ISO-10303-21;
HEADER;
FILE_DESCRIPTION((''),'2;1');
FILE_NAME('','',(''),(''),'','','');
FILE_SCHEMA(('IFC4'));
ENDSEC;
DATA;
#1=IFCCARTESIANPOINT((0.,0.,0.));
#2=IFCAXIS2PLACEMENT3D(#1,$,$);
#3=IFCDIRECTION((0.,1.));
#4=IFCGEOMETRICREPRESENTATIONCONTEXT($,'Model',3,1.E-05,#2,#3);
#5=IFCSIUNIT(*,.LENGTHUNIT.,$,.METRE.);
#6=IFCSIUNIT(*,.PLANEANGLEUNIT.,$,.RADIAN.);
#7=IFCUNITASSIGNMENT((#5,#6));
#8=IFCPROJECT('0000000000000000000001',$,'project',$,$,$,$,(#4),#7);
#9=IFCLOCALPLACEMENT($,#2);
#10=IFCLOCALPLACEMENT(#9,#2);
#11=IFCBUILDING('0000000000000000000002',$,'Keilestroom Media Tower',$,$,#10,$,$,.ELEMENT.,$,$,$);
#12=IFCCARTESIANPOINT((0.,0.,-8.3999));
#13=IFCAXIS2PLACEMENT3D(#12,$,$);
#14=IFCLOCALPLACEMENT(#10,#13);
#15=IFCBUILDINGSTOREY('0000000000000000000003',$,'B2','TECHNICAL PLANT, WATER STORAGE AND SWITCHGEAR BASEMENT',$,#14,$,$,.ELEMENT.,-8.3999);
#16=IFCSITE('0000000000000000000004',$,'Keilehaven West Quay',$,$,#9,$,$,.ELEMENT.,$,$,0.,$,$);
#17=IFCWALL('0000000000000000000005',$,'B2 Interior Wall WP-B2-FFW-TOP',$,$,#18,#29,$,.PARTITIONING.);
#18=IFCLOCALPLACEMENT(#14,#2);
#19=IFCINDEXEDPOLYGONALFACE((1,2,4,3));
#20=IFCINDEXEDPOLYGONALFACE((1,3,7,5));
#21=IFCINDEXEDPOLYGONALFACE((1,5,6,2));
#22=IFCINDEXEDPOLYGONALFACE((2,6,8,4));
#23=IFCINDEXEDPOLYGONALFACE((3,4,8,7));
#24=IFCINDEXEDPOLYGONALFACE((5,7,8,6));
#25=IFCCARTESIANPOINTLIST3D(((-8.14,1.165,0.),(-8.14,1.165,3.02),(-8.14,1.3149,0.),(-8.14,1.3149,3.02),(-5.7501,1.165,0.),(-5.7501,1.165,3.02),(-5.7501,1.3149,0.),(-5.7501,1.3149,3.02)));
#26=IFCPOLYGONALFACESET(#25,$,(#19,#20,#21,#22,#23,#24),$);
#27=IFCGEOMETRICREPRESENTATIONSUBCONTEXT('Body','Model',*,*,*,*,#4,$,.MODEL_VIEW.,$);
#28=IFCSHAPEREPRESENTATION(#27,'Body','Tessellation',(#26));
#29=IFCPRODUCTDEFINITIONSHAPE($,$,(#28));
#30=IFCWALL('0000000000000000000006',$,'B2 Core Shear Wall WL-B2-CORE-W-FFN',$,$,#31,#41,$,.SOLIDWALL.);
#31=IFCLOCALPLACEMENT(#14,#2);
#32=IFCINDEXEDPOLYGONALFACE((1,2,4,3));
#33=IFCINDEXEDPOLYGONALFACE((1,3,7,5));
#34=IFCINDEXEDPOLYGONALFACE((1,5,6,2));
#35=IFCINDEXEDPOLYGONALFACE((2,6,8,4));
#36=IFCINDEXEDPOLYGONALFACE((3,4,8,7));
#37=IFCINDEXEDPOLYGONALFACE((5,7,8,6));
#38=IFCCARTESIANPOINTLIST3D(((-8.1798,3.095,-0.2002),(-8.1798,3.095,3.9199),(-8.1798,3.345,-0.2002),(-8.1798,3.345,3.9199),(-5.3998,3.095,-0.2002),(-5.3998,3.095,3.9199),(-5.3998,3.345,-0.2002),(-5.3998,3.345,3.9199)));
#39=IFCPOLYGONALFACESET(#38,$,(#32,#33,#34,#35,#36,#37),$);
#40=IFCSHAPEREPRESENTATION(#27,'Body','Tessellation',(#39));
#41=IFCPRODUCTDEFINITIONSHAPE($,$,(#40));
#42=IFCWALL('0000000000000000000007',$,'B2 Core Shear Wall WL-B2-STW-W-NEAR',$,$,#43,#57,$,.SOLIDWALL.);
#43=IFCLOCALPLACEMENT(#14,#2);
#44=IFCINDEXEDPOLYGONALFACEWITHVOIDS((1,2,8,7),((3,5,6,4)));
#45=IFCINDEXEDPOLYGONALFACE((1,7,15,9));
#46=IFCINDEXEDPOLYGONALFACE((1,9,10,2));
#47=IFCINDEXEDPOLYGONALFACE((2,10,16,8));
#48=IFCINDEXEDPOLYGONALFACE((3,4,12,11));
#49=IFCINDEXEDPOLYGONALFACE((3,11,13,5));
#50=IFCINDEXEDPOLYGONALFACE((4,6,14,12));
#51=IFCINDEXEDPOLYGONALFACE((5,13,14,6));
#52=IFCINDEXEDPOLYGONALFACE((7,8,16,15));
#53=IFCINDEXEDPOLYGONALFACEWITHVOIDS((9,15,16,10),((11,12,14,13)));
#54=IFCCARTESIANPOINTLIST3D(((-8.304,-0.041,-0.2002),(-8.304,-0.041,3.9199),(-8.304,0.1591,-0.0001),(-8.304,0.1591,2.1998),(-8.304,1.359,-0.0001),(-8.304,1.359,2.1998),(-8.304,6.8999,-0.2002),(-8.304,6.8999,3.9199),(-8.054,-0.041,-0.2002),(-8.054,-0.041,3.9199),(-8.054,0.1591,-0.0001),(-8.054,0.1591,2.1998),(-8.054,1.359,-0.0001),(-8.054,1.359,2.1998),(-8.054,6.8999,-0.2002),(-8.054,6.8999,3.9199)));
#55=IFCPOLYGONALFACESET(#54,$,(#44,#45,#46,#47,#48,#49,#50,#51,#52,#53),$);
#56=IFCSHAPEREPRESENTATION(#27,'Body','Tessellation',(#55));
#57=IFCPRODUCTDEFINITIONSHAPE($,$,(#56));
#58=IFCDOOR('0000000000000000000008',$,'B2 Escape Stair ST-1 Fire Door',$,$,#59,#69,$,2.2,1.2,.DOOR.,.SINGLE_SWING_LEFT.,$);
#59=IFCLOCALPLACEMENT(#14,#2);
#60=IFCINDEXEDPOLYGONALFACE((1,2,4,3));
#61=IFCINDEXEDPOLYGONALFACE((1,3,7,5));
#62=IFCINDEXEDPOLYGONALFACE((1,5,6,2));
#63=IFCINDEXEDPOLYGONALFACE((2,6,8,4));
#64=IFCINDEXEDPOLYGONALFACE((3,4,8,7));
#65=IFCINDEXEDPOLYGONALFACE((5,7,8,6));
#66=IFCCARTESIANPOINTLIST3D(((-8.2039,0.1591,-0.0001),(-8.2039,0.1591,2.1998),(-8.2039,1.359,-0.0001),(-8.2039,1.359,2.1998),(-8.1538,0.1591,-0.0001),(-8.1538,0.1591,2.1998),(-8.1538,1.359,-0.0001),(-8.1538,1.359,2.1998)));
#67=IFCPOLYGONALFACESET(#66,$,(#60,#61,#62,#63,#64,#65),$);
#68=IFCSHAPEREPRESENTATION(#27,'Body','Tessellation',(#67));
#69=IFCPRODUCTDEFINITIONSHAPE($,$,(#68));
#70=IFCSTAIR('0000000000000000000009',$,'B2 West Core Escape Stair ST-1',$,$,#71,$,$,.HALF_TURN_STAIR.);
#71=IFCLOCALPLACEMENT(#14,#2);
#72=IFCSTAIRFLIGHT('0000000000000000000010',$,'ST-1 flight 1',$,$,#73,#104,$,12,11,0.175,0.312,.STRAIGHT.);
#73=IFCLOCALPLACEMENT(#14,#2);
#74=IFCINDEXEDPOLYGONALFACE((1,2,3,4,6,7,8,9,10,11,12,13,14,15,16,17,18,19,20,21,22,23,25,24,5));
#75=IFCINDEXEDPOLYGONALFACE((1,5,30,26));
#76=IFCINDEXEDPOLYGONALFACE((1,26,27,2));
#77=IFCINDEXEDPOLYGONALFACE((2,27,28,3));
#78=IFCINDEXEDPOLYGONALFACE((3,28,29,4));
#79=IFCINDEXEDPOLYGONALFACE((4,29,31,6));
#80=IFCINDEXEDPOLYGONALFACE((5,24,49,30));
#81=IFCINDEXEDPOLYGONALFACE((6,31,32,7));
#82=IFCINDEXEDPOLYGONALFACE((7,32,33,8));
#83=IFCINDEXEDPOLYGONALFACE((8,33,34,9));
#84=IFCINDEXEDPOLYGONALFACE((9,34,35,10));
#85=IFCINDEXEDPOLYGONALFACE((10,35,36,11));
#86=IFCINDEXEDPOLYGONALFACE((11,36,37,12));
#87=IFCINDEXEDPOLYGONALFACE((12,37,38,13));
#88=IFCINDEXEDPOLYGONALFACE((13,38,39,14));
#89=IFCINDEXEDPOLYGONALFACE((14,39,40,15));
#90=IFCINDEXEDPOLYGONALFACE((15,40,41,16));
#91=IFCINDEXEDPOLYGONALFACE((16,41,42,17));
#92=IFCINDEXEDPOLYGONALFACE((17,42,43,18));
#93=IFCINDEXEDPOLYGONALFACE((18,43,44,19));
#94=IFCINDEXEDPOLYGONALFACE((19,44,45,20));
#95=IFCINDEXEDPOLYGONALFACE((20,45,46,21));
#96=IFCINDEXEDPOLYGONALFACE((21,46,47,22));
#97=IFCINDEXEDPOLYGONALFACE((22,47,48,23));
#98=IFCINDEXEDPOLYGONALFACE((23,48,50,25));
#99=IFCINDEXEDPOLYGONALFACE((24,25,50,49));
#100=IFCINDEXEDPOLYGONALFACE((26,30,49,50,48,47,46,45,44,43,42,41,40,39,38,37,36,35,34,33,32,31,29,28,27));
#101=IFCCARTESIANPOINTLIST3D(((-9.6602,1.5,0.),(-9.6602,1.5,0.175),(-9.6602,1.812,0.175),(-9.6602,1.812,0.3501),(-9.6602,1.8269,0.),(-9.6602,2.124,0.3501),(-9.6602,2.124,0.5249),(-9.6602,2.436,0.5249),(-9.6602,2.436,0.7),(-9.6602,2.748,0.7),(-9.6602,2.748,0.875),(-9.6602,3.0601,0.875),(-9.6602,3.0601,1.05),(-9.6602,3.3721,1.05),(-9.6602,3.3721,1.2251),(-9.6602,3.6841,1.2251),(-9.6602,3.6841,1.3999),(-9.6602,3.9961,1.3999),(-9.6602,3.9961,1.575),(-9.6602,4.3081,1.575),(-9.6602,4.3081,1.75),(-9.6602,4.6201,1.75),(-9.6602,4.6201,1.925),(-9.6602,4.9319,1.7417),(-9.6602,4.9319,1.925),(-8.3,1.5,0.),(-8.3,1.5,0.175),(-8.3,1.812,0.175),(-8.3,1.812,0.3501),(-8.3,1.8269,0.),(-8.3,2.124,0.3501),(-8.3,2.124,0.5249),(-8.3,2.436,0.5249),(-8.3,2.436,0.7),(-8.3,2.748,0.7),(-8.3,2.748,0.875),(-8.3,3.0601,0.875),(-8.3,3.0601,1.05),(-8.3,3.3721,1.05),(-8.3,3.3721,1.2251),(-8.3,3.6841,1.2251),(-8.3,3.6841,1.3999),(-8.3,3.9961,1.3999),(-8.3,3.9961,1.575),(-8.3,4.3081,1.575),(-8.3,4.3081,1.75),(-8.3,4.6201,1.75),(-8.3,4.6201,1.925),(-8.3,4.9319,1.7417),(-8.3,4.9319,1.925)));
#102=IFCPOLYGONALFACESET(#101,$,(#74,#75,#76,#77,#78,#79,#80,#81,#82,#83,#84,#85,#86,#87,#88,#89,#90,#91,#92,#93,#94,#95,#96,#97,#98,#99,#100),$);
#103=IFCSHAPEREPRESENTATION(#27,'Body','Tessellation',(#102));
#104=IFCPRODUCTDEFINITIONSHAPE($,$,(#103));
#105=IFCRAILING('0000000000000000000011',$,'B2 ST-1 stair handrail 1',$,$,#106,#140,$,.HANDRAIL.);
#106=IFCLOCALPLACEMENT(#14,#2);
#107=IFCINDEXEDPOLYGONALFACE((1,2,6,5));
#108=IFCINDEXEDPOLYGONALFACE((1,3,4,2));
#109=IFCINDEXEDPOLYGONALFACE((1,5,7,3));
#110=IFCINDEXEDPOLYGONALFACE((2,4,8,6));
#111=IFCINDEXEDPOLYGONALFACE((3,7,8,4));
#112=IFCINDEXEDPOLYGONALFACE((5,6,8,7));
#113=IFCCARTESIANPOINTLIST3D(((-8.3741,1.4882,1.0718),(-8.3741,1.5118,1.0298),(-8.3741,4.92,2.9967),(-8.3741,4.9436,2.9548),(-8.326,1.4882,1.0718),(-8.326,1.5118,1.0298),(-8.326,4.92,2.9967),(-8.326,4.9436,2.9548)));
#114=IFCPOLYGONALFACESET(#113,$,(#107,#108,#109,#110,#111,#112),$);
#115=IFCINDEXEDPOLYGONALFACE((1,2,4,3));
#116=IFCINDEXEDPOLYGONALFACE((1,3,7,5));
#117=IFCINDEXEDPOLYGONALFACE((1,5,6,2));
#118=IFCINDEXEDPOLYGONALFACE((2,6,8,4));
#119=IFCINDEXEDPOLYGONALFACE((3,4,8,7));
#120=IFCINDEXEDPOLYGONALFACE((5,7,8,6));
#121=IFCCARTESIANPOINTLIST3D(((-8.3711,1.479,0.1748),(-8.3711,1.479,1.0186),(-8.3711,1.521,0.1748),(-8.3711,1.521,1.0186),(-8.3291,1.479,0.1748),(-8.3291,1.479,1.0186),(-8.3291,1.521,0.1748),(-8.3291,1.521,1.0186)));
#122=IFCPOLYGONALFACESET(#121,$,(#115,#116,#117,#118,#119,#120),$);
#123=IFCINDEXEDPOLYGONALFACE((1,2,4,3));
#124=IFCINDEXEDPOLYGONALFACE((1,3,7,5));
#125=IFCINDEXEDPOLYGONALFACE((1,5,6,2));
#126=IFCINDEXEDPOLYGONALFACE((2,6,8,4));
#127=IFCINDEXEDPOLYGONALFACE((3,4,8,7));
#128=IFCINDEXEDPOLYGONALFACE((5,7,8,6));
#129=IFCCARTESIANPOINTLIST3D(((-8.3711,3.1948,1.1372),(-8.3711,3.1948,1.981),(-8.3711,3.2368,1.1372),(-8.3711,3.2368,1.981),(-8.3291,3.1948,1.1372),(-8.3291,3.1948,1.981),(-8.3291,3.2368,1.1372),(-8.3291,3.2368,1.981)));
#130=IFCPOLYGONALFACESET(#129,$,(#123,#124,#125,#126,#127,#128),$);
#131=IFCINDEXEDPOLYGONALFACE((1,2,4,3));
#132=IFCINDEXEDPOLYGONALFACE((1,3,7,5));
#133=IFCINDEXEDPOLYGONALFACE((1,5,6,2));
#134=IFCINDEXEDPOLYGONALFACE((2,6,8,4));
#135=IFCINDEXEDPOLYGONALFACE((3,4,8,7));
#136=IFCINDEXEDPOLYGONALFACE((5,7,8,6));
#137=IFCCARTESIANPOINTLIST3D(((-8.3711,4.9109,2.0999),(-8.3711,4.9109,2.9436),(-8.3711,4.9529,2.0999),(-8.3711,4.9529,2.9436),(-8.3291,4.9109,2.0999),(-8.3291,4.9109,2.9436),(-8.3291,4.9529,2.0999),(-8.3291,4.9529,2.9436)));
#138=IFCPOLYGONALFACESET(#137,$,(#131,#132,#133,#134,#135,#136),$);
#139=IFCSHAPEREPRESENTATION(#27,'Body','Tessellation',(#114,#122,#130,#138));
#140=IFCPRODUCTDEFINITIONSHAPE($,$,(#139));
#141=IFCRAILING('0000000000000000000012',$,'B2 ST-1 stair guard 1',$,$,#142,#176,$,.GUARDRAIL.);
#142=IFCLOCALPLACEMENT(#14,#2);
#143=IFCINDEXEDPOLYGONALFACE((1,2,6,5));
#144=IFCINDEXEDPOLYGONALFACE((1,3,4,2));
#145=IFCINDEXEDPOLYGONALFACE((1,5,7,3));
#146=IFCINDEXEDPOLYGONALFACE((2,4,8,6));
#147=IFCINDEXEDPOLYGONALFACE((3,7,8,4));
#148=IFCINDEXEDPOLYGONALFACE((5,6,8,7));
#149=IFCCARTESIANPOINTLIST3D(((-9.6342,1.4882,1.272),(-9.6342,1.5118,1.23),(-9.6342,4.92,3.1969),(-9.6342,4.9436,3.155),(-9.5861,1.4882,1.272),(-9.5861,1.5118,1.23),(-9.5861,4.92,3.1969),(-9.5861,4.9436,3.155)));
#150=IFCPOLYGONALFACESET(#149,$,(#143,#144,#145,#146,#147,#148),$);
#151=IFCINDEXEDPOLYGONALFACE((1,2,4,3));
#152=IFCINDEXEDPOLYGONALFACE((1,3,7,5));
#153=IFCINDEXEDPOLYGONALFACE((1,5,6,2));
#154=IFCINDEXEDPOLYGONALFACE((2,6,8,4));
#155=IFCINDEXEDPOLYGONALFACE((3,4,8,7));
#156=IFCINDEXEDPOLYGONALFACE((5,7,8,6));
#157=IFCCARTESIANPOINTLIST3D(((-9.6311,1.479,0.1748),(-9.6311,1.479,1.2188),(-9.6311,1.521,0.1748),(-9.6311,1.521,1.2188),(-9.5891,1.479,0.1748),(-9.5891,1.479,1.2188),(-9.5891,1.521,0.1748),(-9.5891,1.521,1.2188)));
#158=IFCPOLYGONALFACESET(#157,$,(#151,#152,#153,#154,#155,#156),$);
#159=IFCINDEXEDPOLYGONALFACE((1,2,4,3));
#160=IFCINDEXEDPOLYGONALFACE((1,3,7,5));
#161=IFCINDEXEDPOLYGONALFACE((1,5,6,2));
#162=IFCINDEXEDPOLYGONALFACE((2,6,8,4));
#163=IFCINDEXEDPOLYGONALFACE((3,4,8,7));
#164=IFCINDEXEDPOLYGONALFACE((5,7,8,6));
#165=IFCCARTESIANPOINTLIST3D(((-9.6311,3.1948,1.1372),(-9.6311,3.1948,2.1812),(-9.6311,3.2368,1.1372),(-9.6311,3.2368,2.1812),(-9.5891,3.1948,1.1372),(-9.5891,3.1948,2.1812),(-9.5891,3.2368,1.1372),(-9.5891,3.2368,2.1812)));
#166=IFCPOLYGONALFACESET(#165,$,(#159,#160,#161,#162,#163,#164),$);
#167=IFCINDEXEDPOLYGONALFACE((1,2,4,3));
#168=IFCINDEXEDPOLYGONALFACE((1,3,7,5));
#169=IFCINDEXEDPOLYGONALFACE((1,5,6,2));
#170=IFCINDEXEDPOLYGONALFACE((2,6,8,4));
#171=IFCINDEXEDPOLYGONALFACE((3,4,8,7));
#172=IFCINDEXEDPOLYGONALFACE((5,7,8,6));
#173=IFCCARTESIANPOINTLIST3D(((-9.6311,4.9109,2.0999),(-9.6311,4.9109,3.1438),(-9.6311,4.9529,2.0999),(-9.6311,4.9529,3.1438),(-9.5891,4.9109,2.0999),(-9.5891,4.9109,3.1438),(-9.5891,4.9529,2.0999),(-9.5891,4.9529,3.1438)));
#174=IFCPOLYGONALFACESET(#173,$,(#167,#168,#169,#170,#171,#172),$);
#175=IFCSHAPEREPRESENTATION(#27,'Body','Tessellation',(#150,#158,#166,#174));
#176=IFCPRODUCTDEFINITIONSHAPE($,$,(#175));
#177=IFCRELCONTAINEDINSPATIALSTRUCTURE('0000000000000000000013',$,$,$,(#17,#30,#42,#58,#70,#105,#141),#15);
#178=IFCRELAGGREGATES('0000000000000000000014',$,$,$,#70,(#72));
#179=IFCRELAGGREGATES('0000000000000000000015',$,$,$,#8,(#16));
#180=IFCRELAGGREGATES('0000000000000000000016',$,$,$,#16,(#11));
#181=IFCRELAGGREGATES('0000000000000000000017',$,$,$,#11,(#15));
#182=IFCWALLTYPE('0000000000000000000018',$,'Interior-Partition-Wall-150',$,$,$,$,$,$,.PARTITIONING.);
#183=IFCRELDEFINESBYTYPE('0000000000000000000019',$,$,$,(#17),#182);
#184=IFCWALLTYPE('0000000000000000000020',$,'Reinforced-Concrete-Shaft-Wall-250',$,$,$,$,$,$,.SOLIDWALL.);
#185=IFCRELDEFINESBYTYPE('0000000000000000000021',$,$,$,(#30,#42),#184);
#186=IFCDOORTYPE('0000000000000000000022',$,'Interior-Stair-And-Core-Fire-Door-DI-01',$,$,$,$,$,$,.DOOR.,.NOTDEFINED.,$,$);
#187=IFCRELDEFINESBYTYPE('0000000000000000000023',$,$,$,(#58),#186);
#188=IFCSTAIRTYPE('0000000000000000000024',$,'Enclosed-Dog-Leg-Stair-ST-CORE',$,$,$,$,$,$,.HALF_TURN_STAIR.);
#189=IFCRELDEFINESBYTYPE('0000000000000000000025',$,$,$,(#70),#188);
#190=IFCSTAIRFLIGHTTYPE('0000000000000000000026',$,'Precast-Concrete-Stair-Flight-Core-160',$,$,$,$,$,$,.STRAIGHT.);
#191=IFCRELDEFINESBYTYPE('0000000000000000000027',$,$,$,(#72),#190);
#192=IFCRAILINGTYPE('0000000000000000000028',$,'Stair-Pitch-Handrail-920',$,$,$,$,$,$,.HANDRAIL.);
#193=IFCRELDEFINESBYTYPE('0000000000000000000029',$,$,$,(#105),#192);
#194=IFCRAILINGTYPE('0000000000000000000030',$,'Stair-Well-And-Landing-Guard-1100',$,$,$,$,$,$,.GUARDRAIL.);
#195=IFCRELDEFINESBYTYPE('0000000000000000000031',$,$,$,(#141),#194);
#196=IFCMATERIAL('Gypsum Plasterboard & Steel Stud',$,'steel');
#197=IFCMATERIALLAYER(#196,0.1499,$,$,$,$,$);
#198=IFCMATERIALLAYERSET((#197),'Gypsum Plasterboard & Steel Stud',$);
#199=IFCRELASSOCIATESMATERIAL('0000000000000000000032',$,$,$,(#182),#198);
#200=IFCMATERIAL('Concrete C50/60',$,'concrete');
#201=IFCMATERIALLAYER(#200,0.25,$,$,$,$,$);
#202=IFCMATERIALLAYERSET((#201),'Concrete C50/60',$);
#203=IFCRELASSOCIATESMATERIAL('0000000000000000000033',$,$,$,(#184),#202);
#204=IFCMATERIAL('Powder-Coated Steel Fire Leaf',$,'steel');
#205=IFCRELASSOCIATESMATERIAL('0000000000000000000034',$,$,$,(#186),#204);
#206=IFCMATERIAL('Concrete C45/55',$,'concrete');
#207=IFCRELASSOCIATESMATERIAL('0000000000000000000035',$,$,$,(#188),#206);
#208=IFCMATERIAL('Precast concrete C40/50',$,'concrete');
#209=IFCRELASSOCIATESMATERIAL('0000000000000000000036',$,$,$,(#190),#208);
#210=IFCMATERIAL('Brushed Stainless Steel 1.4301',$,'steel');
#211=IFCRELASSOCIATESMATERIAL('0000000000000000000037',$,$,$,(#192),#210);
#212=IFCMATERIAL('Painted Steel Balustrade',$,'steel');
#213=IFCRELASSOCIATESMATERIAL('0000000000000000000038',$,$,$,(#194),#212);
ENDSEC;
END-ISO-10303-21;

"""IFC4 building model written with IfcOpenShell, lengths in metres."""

from ifc_helpers import new_model, si_unit, direction, frame, frame_2d, origin, origin_2d, place, context, subcontext, project, spatial, polyline, rectangle, outline, extrude, source, transform, mapped, material, layer, layer_set, type_object, element, fill, aggregate, save


model = new_model("IFC4")

# Units and contexts
model_context = context("Model", 3, precision=1e-05, world=origin(), true_north=direction((0.0, 1.0)))
body_context = subcontext(model_context, "Body", "Model", "MODEL_VIEW")
ifc_project = project(units=[si_unit("LENGTHUNIT", "METRE"), si_unit("PLANEANGLEUNIT", "RADIAN")], contexts=[model_context])

# Site, building, storey
site_placement = place(None, origin())
site = spatial("IfcSite", under=ifc_project, at=site_placement, Name="Keilehaven West Quay", CompositionType="ELEMENT", RefElevation=0.0)
building_placement = place(site_placement, origin())
building = spatial("IfcBuilding", under=site, at=building_placement, Name="Keilestroom Media Tower", CompositionType="ELEMENT")
storey_placement = place(building_placement, frame((0.0, 0.0, -8.3999)))
storey = spatial("IfcBuildingStorey", under=building, at=storey_placement, Name="B2", Description="TECHNICAL PLANT, WATER STORAGE AND SWITCHGEAR BASEMENT", CompositionType="ELEMENT", Elevation=-8.3999)

# Shared definitions
ifc_material_1 = material(Name="Concrete C45/55", Category="concrete")

# Walls
ifc_material_2 = material(Name="Gypsum Plasterboard & Steel Stud", Category="steel")
ifc_layer_1 = layer(ifc_material_2, 0.1499)
ifc_layer_set_1 = layer_set([ifc_layer_1], Name="Gypsum Plasterboard & Steel Stud")
wall_type_1 = type_object("IfcWallType", Name="Interior-Partition-Wall-150", PredefinedType="PARTITIONING", material=ifc_layer_set_1)
wall_1_placement = place(storey_placement, frame((-8.1399, 1.24, 0.0), z_axis=(0.0, 0.0, 1.0), x_axis=(1.0, 0.0, 0.0)))
element("IfcWall", 1, at=wall_1_placement, inside=storey, type_object=wall_type_1, Name="B2 Interior Wall WP-B2-FFW-TOP", PredefinedType="PARTITIONING", context=body_context, shape_type="SweptSolid", body=[
    extrude(rectangle(XDim=2.3899, YDim=0.1499, at=frame_2d((1.1948, 0.0))), origin(), (0.0, 0.0, 1.0), 3.02),
])
ifc_material_3 = material(Name="Concrete C50/60", Category="concrete")
ifc_layer_2 = layer(ifc_material_3, 0.25)
ifc_layer_set_2 = layer_set([ifc_layer_2], Name="Concrete C50/60")
wall_type_2 = type_object("IfcWallType", Name="Reinforced-Concrete-Shaft-Wall-250", PredefinedType="SOLIDWALL", material=ifc_layer_set_2)
wall_2_placement = place(storey_placement, frame((-8.1799, 3.22, -0.2002), z_axis=(0.0, 0.0, 1.0), x_axis=(1.0, 0.0, 0.0)))
element("IfcWall", 2, at=wall_2_placement, inside=storey, type_object=wall_type_2, Name="B2 Core Shear Wall WL-B2-CORE-W-FFN", PredefinedType="SOLIDWALL", context=body_context, shape_type="SweptSolid", body=[
    extrude(rectangle(XDim=2.78, YDim=0.25, at=frame_2d((1.3901, 0.0))), origin(), (0.0, 0.0, 1.0), 4.1201),
])

# Wall, opening, door
wall_3_placement = place(storey_placement, frame((-8.179, -0.041, -0.2002), z_axis=(0.0, 0.0, 1.0), x_axis=(0.0, 1.0, 0.0)))
wall_3 = element("IfcWall", 3, at=wall_3_placement, inside=storey, type_object=wall_type_2, Name="B2 Core Shear Wall WL-B2-STW-W-NEAR", PredefinedType="SOLIDWALL", context=body_context, shape_type="SweptSolid", body=[
    extrude(rectangle(XDim=6.9409, YDim=0.25, at=frame_2d((3.4705, 0.0))), origin(), (0.0, 0.0, 1.0), 4.1201),
])
opening_placement = place(wall_3_placement, frame((0.2, 0.0, 0.2)))
opening = element("IfcOpeningElement", 4, at=opening_placement, cuts=wall_3, PredefinedType="OPENING", context=body_context, shape_type="SweptSolid", body=[
    extrude(rectangle(XDim=1.2, YDim=2.2, at=frame_2d((0.6001, 1.1001))), frame((0.0, 0.135, 0.0), z_axis=(0.0, -1.0, 0.0), x_axis=(1.0, 0.0, 0.0)), (0.0, 0.0, 1.0), 0.27),
])
ifc_material_4 = material(Name="Powder-Coated Steel Fire Leaf", Category="steel")
door_type = type_object("IfcDoorType", Name="Interior-Stair-And-Core-Fire-Door-DI-01", OperationType="NOTDEFINED", PredefinedType="DOOR", material=ifc_material_4)
shared_shape_1 = source(origin(), body_context, "Body", "SweptSolid", [
    extrude(rectangle(XDim=1.2, YDim=2.2, at=frame_2d((0.6001, 1.1001))), frame((0.0, 0.0249, 0.0), z_axis=(0.0, -1.0, 0.0), x_axis=(1.0, 0.0, 0.0)), (0.0, 0.0, 1.0), 0.05),
])
door_placement = place(opening_placement, origin())
door = element("IfcDoor", 5, at=door_placement, inside=storey, type_object=door_type, Name="B2 Escape Stair ST-1 Fire Door", OperationType="SINGLE_SWING_LEFT", OverallHeight=2.2, OverallWidth=1.2, PredefinedType="DOOR", context=body_context, shape_type="MappedRepresentation", body=[
    mapped(shared_shape_1, transform((0.0, 0.0, 0.0), x_axis=(1.0, 0.0, 0.0), y_axis=(0.0, 1.0, 0.0), z_axis=(0.0, 0.0, 1.0), scale=1.0)),
])
fill(opening, door)

# Stair, stair flight
stair_type = type_object("IfcStairType", Name="Enclosed-Dog-Leg-Stair-ST-CORE", PredefinedType="HALF_TURN_STAIR", material=ifc_material_1)
stair_placement = place(storey_placement, origin())
stair = element("IfcStair", 6, at=stair_placement, inside=storey, type_object=stair_type, Name="B2 West Core Escape Stair ST-1", PredefinedType="HALF_TURN_STAIR")
ifc_material_5 = material(Name="Precast concrete C40/50", Category="concrete")
stair_flight_type = type_object("IfcStairFlightType", Name="Precast-Concrete-Stair-Flight-Core-160", PredefinedType="STRAIGHT", material=ifc_material_5)
stair_flight_placement = place(storey_placement, frame((-8.98, 1.5, 0.0), z_axis=(0.0, 0.0, 1.0), x_axis=(0.0, 1.0, 0.0)))
stair_flight = element("IfcStairFlight", 7, at=stair_flight_placement, type_object=stair_flight_type, Name="ST-1 flight 1", NumberOfRisers=12, NumberOfTreads=11, PredefinedType="STRAIGHT", RiserHeight=0.175, TreadLength=0.312, context=body_context, shape_type="SweptSolid", body=[
    extrude(outline(polyline([(0.0, 0.0), (0.0, 0.175), (0.312, 0.175), (0.312, 0.3501), (0.624, 0.3501), (0.624, 0.5249), (0.936, 0.5249), (0.936, 0.7), (1.248, 0.7), (1.248, 0.875), (1.5601, 0.875), (1.5601, 1.05), (1.8721, 1.05), (1.8721, 1.2251), (2.1841, 1.2251), (2.1841, 1.3999), (2.4961, 1.3999), (2.4961, 1.575), (2.8081, 1.575), (2.8081, 1.75), (3.1201, 1.75), (3.1201, 1.925), (3.4319, 1.925), (3.4319, 2.1001), (3.4319, 1.7417), (0.3269, 0.0), (0.0, 0.0)])), frame((0.0, 0.6802, 0.0), z_axis=(0.0, -1.0, 0.0), x_axis=(1.0, 0.0, 0.0)), (0.0, 0.0, 1.0), 1.3601),
])
aggregate(stair, [stair_flight])

# Railings
ifc_material_6 = material(Name="Brushed Stainless Steel 1.4301", Category="steel")
railing_type_1 = type_object("IfcRailingType", Name="Stair-Pitch-Handrail-920", PredefinedType="HANDRAIL", material=ifc_material_6)
railing_1_placement = place(storey_placement, frame((-8.3501, 1.5, 0.1748)))
element("IfcRailing", 8, at=railing_1_placement, inside=storey, type_object=railing_type_1, Name="B2 ST-1 stair handrail 1", PredefinedType="HANDRAIL", context=body_context, shape_type="SweptSolid", body=[
    extrude(rectangle(XDim=0.0481, YDim=0.0481, at=origin_2d()), frame((0.0, 0.0, 0.876), z_axis=(0.0, 0.87216, 0.489221), x_axis=(-1.0, 0.0, 0.0)), (0.0, 0.0, 1.0), 3.9348),
    extrude(rectangle(XDim=0.042, YDim=0.042, at=origin_2d()), origin(), (0.0, 0.0, 1.0), 0.8438),
    extrude(rectangle(XDim=0.042, YDim=0.042, at=origin_2d()), frame((0.0, 1.7158, 0.9624)), (0.0, 0.0, 1.0), 0.8438),
    extrude(rectangle(XDim=0.042, YDim=0.042, at=origin_2d()), frame((0.0, 3.4319, 1.925)), (0.0, 0.0, 1.0), 0.8438),
])
ifc_material_7 = material(Name="Painted Steel Balustrade", Category="steel")
railing_type_2 = type_object("IfcRailingType", Name="Stair-Well-And-Landing-Guard-1100", PredefinedType="GUARDRAIL", material=ifc_material_7)
railing_2_placement = place(storey_placement, frame((-9.6101, 1.5, 0.1748)))
element("IfcRailing", 9, at=railing_2_placement, inside=storey, type_object=railing_type_2, Name="B2 ST-1 stair guard 1", PredefinedType="GUARDRAIL", context=body_context, shape_type="SweptSolid", body=[
    extrude(rectangle(XDim=0.0481, YDim=0.0481, at=origin_2d()), frame((0.0, 0.0, 1.0762), z_axis=(0.0, 0.87216, 0.489221), x_axis=(-1.0, 0.0, 0.0)), (0.0, 0.0, 1.0), 3.9348),
    extrude(rectangle(XDim=0.042, YDim=0.042, at=origin_2d()), origin(), (0.0, 0.0, 1.0), 1.0439),
    extrude(rectangle(XDim=0.042, YDim=0.042, at=origin_2d()), frame((0.0, 1.7158, 0.9624)), (0.0, 0.0, 1.0), 1.0439),
    extrude(rectangle(XDim=0.042, YDim=0.042, at=origin_2d()), frame((0.0, 3.4319, 1.925)), (0.0, 0.0, 1.0), 1.0439),
])

save(model, "model.ifc")
